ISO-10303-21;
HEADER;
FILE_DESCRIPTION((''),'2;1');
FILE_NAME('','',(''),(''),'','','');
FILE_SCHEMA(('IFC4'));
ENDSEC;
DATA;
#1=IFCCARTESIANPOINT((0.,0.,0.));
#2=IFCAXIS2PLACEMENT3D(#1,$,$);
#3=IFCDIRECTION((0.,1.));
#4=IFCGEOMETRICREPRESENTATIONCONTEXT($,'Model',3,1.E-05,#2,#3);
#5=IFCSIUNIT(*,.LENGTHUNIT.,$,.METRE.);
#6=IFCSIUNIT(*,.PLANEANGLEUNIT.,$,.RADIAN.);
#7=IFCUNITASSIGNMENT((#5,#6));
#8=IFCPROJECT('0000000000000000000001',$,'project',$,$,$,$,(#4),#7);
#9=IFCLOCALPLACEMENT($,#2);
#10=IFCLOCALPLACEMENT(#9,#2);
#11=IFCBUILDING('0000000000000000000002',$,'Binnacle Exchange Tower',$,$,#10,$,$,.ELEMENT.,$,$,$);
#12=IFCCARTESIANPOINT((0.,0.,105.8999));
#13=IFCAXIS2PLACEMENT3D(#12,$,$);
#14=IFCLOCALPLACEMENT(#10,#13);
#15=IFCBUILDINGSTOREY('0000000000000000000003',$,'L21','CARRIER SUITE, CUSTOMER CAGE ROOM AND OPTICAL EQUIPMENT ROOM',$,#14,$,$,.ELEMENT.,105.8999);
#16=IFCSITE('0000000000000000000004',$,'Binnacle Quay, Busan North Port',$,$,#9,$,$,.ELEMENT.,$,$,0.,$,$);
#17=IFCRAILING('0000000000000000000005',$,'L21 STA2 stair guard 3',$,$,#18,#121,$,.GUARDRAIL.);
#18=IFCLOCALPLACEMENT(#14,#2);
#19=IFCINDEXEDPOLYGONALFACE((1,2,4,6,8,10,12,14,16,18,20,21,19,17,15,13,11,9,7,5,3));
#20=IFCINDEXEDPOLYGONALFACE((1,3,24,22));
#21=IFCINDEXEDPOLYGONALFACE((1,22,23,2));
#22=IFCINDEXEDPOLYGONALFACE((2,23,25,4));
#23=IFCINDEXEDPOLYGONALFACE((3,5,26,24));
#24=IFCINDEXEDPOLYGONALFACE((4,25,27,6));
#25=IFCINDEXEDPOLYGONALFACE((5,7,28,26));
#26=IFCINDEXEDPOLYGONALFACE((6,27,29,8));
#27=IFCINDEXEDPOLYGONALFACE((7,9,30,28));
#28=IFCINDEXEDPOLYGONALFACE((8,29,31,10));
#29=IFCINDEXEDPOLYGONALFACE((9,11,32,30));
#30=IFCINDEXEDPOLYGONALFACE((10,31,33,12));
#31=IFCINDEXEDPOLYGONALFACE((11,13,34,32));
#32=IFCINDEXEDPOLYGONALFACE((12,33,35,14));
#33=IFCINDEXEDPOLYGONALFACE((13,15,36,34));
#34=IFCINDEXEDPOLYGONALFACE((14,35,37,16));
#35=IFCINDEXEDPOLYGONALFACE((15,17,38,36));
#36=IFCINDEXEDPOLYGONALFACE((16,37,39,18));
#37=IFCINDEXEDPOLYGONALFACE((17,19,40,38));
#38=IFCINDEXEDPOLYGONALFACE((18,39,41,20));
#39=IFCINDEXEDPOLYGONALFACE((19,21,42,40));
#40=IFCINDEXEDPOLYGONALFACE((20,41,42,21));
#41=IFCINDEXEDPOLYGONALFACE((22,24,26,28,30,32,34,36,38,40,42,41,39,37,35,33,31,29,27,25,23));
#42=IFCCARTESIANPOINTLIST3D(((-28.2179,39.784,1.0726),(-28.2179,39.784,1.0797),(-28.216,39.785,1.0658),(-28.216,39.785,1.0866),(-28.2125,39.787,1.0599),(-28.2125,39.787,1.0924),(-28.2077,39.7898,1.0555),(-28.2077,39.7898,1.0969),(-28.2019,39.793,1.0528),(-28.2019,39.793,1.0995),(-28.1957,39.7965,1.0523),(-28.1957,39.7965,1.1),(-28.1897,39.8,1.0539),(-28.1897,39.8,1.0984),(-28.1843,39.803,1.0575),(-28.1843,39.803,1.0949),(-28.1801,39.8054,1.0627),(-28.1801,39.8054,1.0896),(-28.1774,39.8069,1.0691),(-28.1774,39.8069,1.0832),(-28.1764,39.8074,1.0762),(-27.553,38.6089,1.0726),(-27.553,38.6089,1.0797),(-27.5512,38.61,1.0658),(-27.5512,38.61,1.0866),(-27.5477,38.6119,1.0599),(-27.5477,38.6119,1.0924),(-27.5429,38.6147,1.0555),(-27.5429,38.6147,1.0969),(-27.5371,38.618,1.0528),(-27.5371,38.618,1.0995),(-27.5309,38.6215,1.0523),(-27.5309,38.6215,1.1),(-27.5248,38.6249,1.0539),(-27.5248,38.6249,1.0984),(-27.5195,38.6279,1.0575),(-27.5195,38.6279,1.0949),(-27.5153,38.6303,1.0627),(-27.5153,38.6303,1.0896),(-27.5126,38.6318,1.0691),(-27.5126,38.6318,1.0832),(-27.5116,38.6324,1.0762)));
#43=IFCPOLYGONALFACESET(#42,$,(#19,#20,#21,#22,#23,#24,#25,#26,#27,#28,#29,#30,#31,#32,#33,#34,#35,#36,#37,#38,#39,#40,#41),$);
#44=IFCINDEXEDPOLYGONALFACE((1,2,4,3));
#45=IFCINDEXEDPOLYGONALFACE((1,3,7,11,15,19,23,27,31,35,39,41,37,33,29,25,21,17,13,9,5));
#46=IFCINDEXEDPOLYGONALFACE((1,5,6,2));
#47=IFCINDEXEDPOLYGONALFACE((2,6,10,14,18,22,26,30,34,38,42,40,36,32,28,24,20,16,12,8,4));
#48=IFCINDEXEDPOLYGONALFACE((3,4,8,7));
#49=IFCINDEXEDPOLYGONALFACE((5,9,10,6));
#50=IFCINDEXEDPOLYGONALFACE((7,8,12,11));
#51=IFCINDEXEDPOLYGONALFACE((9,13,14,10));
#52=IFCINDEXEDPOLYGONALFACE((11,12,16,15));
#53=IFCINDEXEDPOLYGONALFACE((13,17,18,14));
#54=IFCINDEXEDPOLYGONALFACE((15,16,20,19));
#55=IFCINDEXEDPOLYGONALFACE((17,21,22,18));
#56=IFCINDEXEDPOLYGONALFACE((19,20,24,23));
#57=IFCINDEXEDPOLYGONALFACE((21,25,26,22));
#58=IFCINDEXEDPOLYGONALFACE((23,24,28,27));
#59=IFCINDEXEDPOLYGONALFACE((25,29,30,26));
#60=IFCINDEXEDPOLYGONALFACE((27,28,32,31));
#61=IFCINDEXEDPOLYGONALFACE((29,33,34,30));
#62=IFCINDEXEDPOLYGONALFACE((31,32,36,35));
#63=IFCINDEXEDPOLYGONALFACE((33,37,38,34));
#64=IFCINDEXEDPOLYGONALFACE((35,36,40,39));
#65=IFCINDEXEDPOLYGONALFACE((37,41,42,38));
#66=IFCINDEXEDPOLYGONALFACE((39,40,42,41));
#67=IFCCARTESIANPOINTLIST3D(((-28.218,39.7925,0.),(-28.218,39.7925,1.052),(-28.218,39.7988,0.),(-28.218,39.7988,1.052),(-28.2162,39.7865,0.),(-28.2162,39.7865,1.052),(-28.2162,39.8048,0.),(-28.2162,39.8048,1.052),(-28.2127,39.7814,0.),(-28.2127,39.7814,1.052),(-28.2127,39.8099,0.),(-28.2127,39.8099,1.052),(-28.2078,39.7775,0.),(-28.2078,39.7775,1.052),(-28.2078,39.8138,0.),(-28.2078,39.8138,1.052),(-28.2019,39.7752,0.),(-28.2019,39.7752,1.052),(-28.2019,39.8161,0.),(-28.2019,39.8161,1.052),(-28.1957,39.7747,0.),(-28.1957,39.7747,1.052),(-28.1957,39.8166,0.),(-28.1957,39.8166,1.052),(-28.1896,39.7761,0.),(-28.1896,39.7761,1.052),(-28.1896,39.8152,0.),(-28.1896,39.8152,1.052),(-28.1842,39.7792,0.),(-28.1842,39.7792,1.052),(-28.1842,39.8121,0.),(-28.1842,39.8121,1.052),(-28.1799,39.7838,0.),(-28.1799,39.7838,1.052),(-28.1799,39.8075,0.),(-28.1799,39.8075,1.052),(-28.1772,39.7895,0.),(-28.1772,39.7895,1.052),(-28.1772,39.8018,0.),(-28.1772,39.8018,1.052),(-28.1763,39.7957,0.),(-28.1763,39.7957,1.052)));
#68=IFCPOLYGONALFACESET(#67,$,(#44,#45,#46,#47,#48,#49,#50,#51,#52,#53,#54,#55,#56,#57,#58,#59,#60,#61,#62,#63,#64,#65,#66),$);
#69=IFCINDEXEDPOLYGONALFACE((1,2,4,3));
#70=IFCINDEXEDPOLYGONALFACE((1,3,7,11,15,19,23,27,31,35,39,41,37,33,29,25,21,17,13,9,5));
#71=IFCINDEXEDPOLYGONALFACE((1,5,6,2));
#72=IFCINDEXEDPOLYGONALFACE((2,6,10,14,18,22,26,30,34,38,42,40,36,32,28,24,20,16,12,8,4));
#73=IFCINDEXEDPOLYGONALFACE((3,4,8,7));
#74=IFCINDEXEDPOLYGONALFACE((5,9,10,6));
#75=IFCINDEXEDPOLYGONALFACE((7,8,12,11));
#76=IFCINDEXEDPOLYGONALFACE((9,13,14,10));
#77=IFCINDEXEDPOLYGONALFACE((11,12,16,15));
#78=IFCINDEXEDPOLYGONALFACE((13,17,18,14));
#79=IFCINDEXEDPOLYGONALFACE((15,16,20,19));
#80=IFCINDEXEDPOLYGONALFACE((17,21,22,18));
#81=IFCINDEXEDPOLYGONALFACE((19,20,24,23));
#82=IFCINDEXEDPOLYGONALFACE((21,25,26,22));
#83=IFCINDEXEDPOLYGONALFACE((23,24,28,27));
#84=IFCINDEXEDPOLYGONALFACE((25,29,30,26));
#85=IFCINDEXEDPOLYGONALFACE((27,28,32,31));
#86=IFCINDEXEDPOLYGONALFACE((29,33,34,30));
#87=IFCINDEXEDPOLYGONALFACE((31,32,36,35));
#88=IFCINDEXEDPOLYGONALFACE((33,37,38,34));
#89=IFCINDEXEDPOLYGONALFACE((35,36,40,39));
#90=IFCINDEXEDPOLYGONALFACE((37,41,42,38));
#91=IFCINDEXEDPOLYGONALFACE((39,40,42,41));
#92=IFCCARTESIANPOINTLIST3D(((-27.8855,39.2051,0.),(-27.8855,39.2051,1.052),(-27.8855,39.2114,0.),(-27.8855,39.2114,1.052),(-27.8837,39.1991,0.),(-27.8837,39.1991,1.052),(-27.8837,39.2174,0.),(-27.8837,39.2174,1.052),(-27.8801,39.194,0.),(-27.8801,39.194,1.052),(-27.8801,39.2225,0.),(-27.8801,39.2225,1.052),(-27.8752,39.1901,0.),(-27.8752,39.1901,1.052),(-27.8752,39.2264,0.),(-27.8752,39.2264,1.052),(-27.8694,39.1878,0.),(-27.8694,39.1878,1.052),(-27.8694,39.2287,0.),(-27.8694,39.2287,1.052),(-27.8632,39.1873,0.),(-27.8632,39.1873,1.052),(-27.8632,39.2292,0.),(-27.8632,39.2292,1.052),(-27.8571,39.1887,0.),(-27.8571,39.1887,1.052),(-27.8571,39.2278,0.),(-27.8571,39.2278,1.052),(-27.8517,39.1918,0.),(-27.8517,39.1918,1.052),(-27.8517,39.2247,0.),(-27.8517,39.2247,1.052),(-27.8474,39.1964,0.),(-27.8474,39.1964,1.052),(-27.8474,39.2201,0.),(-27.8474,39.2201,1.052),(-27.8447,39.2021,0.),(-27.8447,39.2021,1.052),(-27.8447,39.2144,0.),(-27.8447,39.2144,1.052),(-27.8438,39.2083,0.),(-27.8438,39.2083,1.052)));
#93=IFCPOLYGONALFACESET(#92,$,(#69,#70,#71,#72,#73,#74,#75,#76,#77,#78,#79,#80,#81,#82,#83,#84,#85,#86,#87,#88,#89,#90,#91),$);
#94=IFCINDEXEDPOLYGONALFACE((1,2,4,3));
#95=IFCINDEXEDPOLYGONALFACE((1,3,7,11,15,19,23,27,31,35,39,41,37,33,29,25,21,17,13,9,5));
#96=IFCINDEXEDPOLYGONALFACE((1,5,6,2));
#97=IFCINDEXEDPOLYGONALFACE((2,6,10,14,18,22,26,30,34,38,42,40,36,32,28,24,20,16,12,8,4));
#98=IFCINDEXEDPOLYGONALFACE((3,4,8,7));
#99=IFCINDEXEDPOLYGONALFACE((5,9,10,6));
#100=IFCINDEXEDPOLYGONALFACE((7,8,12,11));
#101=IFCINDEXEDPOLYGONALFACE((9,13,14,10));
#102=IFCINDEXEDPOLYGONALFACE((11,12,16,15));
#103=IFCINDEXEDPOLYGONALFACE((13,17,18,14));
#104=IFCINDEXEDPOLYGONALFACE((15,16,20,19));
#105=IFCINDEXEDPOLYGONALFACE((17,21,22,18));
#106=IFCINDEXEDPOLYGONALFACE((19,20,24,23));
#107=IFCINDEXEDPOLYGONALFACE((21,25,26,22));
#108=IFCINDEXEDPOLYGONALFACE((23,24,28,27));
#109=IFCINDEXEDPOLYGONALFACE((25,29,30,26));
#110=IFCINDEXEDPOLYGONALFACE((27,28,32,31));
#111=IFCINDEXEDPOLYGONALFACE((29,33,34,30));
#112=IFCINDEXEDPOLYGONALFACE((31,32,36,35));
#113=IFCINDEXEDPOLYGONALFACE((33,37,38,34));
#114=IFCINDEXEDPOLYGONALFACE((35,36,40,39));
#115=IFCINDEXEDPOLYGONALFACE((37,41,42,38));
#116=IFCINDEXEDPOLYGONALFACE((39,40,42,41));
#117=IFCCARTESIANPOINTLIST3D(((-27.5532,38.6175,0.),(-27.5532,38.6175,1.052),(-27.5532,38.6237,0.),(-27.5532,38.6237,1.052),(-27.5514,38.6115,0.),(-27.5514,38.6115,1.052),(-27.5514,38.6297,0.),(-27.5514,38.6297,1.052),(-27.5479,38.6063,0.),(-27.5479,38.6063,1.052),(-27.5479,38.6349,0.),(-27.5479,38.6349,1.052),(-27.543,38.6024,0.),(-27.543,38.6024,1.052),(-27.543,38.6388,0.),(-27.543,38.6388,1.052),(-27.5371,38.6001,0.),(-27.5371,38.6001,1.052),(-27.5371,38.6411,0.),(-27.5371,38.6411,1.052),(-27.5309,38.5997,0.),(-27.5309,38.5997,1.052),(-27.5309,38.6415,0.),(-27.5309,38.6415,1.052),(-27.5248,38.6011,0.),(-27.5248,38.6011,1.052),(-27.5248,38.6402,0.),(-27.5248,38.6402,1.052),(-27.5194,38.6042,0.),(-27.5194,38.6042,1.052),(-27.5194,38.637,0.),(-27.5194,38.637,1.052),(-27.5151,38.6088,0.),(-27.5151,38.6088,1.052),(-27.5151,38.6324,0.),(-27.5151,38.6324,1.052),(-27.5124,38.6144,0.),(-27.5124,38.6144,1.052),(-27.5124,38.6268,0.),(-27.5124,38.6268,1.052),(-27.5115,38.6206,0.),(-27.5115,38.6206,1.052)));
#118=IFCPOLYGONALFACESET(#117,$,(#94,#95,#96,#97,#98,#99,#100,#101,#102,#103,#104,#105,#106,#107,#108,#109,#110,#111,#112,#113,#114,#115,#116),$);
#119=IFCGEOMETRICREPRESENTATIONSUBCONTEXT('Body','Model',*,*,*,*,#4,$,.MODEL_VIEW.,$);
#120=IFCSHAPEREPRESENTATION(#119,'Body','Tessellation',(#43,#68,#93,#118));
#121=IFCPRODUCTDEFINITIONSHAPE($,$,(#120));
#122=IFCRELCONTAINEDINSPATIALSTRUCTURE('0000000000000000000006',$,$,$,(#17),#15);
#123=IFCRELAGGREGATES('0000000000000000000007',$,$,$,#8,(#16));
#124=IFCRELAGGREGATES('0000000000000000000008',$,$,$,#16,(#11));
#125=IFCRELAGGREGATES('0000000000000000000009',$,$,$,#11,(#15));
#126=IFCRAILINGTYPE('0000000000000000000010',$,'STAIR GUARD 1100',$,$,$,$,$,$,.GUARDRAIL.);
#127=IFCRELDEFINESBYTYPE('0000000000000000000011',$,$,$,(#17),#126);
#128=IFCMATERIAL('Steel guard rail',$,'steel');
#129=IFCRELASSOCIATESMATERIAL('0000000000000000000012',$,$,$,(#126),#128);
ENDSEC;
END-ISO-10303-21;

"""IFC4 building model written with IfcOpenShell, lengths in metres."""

from ifc_helpers import new_model, si_unit, direction, frame, origin, origin_2d, place, context, subcontext, project, spatial, circle, extrude, material, type_object, element, save


model = new_model("IFC4")

# Units and contexts
model_context = context("Model", 3, precision=1e-05, world=origin(), true_north=direction((0.0, 1.0)))
body_context = subcontext(model_context, "Body", "Model", "MODEL_VIEW")
ifc_project = project(units=[si_unit("LENGTHUNIT", "METRE"), si_unit("PLANEANGLEUNIT", "RADIAN")], contexts=[model_context])

# Site, building, storey
site_placement = place(None, origin())
site = spatial("IfcSite", under=ifc_project, at=site_placement, Name="Binnacle Quay, Busan North Port", CompositionType="ELEMENT", RefElevation=0.0)
building_placement = place(site_placement, origin())
building = spatial("IfcBuilding", under=site, at=building_placement, Name="Binnacle Exchange Tower", CompositionType="ELEMENT")
storey_placement = place(building_placement, frame((0.0, 0.0, 105.8999)))
storey = spatial("IfcBuildingStorey", under=building, at=storey_placement, Name="L21", Description="CARRIER SUITE, CUSTOMER CAGE ROOM AND OPTICAL EQUIPMENT ROOM", CompositionType="ELEMENT", Elevation=105.8999)

# Railing
ifc_material_1 = material(Name="Steel guard rail", Category="steel")
railing_type_1 = type_object("IfcRailingType", Name="STAIR GUARD 1100", PredefinedType="GUARDRAIL", material=ifc_material_1)
railing_1_placement = place(storey_placement, frame((-28.1973, 39.7957, 0.0)))
element("IfcRailing", 1, at=railing_1_placement, inside=storey, type_object=railing_type_1, Name="L21 STA2 stair guard 3", PredefinedType="GUARDRAIL", context=body_context, shape_type="SweptSolid", body=[
    extrude(circle(Radius=0.0239, at=origin_2d()), frame((0.0, 0.0, 1.0762), z_axis=(0.492415, -0.870361, 0.0), x_axis=(0.870361, 0.492415, 0.0)), (0.0, 0.0, 1.0), 1.3501),
    extrude(circle(Radius=0.021, at=origin_2d()), origin(), (0.0, 0.0, 1.0), 1.052),
    extrude(circle(Radius=0.021, at=origin_2d()), frame((0.3325, -0.5874, 0.0)), (0.0, 0.0, 1.0), 1.052),
    extrude(circle(Radius=0.021, at=origin_2d()), frame((0.6648, -1.175, 0.0)), (0.0, 0.0, 1.0), 1.052),
])

save(model, "model.ifc")
